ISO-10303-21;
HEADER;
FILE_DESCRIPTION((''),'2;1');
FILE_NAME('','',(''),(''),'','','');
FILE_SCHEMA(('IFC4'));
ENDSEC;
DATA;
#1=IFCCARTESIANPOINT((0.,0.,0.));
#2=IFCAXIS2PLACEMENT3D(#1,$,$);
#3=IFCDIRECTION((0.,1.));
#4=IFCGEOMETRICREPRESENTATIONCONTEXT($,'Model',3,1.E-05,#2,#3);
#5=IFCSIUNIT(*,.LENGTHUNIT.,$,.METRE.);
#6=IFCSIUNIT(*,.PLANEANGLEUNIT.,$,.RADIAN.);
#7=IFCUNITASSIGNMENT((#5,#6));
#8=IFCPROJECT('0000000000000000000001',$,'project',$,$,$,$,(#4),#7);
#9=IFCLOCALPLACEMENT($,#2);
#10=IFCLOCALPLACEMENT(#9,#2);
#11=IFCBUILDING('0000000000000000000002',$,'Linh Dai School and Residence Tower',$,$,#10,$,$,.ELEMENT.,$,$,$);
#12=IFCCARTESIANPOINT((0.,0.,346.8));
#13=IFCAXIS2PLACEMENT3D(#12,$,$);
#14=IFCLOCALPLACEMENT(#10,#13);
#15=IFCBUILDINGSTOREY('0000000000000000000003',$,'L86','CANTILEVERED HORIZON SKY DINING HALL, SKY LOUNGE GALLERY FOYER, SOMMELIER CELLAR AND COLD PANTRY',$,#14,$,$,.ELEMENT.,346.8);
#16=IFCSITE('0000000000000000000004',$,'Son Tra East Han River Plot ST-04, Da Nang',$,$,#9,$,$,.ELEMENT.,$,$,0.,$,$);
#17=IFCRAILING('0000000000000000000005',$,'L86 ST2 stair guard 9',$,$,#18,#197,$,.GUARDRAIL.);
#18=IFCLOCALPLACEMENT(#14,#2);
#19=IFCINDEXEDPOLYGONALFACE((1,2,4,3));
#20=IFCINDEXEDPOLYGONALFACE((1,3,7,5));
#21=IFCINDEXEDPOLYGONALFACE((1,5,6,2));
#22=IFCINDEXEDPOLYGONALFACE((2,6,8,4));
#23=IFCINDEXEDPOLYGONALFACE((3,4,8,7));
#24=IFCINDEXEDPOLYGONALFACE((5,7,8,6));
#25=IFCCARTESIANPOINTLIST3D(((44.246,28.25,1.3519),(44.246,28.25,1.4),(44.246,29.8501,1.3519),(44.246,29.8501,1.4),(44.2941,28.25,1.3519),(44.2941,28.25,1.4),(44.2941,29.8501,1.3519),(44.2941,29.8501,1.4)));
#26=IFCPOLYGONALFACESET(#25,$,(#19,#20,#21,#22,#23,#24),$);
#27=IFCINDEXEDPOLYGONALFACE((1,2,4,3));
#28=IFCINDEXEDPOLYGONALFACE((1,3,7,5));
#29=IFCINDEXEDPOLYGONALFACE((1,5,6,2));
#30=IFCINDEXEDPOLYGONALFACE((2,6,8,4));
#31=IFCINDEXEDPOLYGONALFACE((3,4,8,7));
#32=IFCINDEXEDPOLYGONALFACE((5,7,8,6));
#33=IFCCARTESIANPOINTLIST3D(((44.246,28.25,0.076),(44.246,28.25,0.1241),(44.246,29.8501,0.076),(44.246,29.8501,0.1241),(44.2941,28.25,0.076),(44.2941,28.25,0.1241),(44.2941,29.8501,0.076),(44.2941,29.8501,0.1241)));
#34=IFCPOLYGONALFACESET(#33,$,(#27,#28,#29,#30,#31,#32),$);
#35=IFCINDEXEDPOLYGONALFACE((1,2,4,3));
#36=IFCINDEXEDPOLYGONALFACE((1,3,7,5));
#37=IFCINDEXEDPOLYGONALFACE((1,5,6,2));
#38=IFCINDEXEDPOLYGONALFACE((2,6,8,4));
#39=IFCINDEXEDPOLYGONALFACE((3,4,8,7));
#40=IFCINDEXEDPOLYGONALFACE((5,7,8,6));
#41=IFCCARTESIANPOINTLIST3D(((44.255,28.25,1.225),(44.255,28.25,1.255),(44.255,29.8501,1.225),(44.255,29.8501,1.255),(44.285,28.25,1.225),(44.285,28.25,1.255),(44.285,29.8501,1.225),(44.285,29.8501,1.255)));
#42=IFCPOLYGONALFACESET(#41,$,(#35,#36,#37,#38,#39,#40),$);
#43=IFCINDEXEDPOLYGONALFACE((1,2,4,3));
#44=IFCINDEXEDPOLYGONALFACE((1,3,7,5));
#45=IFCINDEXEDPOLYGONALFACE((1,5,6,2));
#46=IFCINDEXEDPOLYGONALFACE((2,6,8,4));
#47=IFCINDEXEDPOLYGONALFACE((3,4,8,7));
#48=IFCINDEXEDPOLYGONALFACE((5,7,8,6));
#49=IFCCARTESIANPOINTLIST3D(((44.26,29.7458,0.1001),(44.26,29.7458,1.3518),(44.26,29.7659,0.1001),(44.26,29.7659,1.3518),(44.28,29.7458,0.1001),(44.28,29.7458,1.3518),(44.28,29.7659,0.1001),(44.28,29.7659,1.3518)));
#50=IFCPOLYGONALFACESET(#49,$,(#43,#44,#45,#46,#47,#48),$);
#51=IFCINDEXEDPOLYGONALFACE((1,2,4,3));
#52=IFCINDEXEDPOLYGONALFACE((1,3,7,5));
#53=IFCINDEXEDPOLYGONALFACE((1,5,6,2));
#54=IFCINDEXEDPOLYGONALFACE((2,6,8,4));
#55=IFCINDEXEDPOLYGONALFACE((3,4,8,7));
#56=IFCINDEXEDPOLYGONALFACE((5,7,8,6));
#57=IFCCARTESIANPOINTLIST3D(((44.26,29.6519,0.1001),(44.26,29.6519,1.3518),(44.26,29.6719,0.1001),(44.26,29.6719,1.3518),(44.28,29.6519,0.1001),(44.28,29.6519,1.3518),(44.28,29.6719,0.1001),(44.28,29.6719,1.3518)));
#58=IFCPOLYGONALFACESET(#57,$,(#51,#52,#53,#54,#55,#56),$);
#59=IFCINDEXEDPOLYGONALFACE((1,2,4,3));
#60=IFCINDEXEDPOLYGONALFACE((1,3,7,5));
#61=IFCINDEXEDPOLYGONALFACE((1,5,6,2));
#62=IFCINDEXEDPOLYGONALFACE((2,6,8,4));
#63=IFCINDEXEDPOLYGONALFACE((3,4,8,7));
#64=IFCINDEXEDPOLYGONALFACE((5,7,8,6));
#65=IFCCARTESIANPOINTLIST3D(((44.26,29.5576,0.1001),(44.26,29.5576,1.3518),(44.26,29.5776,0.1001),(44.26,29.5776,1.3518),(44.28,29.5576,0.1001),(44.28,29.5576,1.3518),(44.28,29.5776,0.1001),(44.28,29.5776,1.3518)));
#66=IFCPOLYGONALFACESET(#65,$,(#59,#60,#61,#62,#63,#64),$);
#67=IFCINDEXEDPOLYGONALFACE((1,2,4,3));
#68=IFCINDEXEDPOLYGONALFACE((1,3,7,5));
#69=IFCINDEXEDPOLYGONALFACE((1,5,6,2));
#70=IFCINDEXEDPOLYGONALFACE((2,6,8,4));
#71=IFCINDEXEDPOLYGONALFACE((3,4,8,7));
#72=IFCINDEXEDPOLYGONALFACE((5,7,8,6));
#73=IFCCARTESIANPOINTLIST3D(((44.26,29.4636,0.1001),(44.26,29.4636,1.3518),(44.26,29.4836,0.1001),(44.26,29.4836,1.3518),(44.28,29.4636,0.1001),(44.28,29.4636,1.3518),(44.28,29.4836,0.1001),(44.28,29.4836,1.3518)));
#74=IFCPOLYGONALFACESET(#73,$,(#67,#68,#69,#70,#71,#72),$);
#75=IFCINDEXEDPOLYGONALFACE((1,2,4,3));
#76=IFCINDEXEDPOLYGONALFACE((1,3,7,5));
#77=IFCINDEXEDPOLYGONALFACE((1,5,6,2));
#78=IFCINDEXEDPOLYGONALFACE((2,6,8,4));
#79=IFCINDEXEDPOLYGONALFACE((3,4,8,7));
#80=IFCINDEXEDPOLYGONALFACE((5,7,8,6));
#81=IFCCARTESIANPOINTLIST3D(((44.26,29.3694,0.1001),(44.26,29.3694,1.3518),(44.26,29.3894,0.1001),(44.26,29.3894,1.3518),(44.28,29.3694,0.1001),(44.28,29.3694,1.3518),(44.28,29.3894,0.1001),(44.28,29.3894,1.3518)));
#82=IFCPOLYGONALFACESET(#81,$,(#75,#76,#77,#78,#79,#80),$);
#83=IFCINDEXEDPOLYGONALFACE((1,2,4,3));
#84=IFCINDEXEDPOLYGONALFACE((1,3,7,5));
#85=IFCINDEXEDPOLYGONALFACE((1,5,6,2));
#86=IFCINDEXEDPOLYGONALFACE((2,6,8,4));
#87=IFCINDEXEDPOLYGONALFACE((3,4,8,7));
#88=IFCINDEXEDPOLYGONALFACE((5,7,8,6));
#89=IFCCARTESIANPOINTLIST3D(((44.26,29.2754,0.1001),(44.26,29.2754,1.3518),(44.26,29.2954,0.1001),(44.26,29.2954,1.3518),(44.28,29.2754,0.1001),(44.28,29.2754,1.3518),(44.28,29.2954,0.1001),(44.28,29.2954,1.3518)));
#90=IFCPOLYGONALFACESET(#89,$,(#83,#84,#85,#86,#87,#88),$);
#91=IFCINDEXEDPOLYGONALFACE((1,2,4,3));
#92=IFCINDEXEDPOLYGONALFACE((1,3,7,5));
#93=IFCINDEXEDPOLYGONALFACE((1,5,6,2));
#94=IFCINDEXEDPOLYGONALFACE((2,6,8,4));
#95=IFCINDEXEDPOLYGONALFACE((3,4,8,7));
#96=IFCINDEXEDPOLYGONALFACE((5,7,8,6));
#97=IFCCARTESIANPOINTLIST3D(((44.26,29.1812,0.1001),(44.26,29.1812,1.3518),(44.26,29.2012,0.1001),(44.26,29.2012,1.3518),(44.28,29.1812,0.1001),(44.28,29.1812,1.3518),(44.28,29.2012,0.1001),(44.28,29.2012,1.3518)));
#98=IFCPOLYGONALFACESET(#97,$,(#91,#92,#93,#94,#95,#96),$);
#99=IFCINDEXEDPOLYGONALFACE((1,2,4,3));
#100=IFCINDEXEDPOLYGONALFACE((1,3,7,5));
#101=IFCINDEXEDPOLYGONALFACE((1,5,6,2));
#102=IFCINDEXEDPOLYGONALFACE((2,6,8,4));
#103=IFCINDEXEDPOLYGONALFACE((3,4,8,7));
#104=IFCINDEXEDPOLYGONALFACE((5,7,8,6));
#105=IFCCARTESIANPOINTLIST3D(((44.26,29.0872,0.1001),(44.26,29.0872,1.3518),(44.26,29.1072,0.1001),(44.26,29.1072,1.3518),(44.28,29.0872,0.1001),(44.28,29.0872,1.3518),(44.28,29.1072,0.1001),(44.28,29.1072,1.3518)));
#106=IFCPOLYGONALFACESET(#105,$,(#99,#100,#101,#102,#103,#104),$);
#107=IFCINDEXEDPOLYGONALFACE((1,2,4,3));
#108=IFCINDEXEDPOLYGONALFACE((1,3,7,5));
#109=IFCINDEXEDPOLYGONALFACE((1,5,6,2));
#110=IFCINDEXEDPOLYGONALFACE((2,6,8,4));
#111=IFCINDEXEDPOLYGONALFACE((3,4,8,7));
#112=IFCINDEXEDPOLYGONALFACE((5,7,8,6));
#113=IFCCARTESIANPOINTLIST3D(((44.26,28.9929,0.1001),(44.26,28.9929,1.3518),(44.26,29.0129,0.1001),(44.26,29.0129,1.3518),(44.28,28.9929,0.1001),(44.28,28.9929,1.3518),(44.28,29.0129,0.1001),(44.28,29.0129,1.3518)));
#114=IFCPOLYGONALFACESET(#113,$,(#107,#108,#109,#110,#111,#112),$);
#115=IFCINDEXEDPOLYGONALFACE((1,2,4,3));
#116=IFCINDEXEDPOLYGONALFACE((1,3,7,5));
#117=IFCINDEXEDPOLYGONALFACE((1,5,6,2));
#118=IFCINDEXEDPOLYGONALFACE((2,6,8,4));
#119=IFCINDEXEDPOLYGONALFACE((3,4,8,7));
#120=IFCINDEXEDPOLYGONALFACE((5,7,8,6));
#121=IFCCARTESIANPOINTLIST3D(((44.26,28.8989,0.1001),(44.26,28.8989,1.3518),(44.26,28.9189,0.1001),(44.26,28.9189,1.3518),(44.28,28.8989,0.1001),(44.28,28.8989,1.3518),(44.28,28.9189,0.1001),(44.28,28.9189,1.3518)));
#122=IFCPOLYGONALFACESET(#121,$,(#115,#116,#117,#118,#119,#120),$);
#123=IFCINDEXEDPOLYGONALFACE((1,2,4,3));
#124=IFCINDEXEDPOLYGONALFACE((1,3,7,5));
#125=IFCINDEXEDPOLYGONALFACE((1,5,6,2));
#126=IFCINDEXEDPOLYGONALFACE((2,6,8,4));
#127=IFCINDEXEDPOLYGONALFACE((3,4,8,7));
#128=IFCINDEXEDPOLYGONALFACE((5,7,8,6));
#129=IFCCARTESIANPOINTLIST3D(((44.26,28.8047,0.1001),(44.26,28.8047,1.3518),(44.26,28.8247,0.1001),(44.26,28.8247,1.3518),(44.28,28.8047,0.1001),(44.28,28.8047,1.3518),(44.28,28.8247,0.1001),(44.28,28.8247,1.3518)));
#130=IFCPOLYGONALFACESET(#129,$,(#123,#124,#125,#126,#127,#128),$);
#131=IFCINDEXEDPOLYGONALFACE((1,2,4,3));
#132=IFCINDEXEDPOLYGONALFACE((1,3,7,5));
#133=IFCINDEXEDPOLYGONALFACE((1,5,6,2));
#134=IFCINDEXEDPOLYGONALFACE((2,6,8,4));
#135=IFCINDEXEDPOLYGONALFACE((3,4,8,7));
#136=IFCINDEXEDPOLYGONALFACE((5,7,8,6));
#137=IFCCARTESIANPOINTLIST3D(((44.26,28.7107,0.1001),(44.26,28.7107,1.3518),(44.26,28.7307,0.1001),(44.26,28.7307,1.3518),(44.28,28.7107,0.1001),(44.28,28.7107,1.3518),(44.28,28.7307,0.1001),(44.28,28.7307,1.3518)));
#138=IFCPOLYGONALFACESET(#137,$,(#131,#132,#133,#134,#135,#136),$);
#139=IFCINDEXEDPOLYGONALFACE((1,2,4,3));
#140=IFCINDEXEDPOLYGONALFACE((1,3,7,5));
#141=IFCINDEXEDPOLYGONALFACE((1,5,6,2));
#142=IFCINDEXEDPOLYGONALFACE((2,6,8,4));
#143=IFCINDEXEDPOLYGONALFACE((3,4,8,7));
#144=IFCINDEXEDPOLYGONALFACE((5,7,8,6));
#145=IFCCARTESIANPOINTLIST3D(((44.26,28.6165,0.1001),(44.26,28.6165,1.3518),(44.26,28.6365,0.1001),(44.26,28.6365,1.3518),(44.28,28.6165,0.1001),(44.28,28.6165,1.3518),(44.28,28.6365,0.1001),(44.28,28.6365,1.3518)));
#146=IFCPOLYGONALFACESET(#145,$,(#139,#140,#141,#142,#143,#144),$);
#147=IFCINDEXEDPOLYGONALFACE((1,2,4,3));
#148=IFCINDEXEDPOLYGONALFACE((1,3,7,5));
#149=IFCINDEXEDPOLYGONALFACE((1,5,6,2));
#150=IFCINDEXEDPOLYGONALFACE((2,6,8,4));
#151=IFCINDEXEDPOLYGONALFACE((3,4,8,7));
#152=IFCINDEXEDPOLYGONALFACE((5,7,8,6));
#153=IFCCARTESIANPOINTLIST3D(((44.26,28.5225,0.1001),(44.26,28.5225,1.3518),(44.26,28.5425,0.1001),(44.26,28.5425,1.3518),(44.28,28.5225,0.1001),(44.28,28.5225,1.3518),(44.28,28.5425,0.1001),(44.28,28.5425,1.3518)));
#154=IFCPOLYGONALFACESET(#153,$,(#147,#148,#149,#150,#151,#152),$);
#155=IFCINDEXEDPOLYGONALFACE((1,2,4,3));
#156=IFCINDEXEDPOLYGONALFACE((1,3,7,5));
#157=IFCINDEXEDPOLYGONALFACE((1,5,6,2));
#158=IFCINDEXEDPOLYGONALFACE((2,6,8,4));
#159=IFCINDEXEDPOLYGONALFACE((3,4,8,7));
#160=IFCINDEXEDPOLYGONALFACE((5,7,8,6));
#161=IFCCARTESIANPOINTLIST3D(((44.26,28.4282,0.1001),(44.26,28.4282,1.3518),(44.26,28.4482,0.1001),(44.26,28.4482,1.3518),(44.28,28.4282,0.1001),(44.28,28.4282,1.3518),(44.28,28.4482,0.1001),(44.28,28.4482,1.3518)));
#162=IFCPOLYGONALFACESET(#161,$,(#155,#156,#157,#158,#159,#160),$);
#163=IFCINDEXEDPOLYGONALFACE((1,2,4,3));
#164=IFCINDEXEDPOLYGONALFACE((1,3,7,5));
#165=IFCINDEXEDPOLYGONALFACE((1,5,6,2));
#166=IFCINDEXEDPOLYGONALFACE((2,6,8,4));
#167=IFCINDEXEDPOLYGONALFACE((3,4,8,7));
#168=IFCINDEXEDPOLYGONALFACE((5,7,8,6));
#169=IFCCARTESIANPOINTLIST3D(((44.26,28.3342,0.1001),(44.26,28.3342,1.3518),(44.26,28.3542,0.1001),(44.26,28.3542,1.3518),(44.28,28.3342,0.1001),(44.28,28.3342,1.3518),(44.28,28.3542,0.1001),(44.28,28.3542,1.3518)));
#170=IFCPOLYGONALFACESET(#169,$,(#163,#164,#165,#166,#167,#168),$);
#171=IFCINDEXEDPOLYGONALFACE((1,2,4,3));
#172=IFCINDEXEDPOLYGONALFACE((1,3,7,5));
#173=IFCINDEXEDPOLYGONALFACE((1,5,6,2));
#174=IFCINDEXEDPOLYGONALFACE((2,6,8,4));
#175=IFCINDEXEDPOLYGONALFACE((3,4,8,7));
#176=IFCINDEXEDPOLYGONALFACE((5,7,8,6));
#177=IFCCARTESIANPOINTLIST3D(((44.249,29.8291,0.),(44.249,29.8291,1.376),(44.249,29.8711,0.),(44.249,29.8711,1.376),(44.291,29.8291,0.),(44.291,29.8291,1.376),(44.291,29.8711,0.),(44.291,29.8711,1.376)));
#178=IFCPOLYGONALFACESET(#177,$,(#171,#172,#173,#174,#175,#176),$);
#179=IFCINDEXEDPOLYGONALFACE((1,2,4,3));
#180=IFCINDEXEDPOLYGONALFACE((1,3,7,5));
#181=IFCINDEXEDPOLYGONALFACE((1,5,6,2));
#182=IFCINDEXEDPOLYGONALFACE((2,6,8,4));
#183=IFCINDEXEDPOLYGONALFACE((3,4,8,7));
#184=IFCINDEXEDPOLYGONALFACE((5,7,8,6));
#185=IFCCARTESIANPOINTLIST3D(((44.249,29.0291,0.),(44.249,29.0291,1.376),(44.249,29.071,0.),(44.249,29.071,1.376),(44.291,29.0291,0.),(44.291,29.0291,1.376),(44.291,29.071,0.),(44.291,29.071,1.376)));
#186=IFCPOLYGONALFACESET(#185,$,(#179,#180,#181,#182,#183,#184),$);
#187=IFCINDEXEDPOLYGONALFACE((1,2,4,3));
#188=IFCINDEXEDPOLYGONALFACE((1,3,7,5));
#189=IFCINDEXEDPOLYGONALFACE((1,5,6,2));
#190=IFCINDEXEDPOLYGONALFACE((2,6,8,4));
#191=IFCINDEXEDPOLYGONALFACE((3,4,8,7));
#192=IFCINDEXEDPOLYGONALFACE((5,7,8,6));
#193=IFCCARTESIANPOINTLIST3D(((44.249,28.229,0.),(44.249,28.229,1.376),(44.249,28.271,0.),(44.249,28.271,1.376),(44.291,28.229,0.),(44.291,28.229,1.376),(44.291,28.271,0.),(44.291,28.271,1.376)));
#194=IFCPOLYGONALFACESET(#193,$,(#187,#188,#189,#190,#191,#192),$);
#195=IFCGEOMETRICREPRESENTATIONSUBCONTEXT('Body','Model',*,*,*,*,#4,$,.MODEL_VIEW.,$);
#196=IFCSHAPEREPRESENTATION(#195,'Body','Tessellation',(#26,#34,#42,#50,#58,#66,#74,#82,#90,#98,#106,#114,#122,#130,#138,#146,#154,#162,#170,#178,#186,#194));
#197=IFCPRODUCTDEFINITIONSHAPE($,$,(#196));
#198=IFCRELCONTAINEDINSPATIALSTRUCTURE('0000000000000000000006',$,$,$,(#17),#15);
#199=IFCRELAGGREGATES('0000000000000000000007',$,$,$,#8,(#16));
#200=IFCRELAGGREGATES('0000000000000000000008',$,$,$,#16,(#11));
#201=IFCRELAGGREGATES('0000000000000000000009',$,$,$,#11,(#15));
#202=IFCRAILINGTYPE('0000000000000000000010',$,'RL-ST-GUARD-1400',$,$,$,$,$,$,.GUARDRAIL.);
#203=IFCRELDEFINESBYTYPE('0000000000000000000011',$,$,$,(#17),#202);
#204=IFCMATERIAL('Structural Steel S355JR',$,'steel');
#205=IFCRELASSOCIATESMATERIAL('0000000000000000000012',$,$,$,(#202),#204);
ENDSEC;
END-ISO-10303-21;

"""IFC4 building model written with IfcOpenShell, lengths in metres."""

from ifc_helpers import new_model, si_unit, direction, frame, origin, origin_2d, place, context, subcontext, project, spatial, rectangle, extrude, source, transform, mapped, material, type_object, element, save


model = new_model("IFC4")

# Units and contexts
model_context = context("Model", 3, precision=1e-05, world=origin(), true_north=direction((0.0, 1.0)))
body_context = subcontext(model_context, "Body", "Model", "MODEL_VIEW")
ifc_project = project(units=[si_unit("LENGTHUNIT", "METRE"), si_unit("PLANEANGLEUNIT", "RADIAN")], contexts=[model_context])

# Site, building, storey
site_placement = place(None, origin())
site = spatial("IfcSite", under=ifc_project, at=site_placement, Name="Son Tra East Han River Plot ST-04, Da Nang", CompositionType="ELEMENT", RefElevation=0.0)
building_placement = place(site_placement, origin())
building = spatial("IfcBuilding", under=site, at=building_placement, Name="Linh Dai School and Residence Tower", CompositionType="ELEMENT")
storey_placement = place(building_placement, frame((0.0, 0.0, 346.8)))
storey = spatial("IfcBuildingStorey", under=building, at=storey_placement, Name="L86", Description="CANTILEVERED HORIZON SKY DINING HALL, SKY LOUNGE GALLERY FOYER, SOMMELIER CELLAR AND COLD PANTRY", CompositionType="ELEMENT", Elevation=346.8)

# Shared definitions
ifc_material_1 = material(Name="Structural Steel S355JR", Category="steel")

# Railing
railing_type_1 = type_object("IfcRailingType", Name="RL-ST-GUARD-1400", PredefinedType="GUARDRAIL", material=ifc_material_1)
shared_shape_1 = source(origin(), body_context, "Body", "SweptSolid", [
    extrude(rectangle(XDim=0.0481, YDim=0.0481, at=origin_2d()), frame((0.0, 0.0, 1.376), z_axis=(0.0, -1.0, 0.0), x_axis=(1.0, 0.0, 0.0)), (0.0, 0.0, 1.0), 1.6001),
    extrude(rectangle(XDim=0.0481, YDim=0.0481, at=origin_2d()), frame((0.0, 0.0, 0.1001), z_axis=(0.0, -1.0, 0.0), x_axis=(1.0, 0.0, 0.0)), (0.0, 0.0, 1.0), 1.6001),
    extrude(rectangle(XDim=0.03, YDim=0.03, at=origin_2d()), frame((0.0, 0.0, 1.24), z_axis=(0.0, -1.0, 0.0), x_axis=(1.0, 0.0, 0.0)), (0.0, 0.0, 1.0), 1.6001),
    extrude(rectangle(XDim=0.02, YDim=0.02, at=origin_2d()), frame((0.0, -0.0942, 0.1001)), (0.0, 0.0, 1.0), 1.2517),
    extrude(rectangle(XDim=0.02, YDim=0.02, at=origin_2d()), frame((0.0, -0.1882, 0.1001)), (0.0, 0.0, 1.0), 1.2517),
    extrude(rectangle(XDim=0.02, YDim=0.02, at=origin_2d()), frame((0.0, -0.2825, 0.1001)), (0.0, 0.0, 1.0), 1.2517),
    extrude(rectangle(XDim=0.02, YDim=0.02, at=origin_2d()), frame((0.0, -0.3765, 0.1001)), (0.0, 0.0, 1.0), 1.2517),
    extrude(rectangle(XDim=0.02, YDim=0.02, at=origin_2d()), frame((0.0, -0.4707, 0.1001)), (0.0, 0.0, 1.0), 1.2517),
    extrude(rectangle(XDim=0.02, YDim=0.02, at=origin_2d()), frame((0.0, -0.5647, 0.1001)), (0.0, 0.0, 1.0), 1.2517),
    extrude(rectangle(XDim=0.02, YDim=0.02, at=origin_2d()), frame((0.0, -0.6589, 0.1001)), (0.0, 0.0, 1.0), 1.2517),
    extrude(rectangle(XDim=0.02, YDim=0.02, at=origin_2d()), frame((0.0, -0.7529, 0.1001)), (0.0, 0.0, 1.0), 1.2517),
    extrude(rectangle(XDim=0.02, YDim=0.02, at=origin_2d()), frame((0.0, -0.8472, 0.1001)), (0.0, 0.0, 1.0), 1.2517),
    extrude(rectangle(XDim=0.02, YDim=0.02, at=origin_2d()), frame((0.0, -0.9412, 0.1001)), (0.0, 0.0, 1.0), 1.2517),
    extrude(rectangle(XDim=0.02, YDim=0.02, at=origin_2d()), frame((0.0, -1.0354, 0.1001)), (0.0, 0.0, 1.0), 1.2517),
    extrude(rectangle(XDim=0.02, YDim=0.02, at=origin_2d()), frame((0.0, -1.1294, 0.1001)), (0.0, 0.0, 1.0), 1.2517),
    extrude(rectangle(XDim=0.02, YDim=0.02, at=origin_2d()), frame((0.0, -1.2236, 0.1001)), (0.0, 0.0, 1.0), 1.2517),
    extrude(rectangle(XDim=0.02, YDim=0.02, at=origin_2d()), frame((0.0, -1.3176, 0.1001)), (0.0, 0.0, 1.0), 1.2517),
    extrude(rectangle(XDim=0.02, YDim=0.02, at=origin_2d()), frame((0.0, -1.4119, 0.1001)), (0.0, 0.0, 1.0), 1.2517),
    extrude(rectangle(XDim=0.02, YDim=0.02, at=origin_2d()), frame((0.0, -1.5059, 0.1001)), (0.0, 0.0, 1.0), 1.2517),
    extrude(rectangle(XDim=0.042, YDim=0.042, at=origin_2d()), origin(), (0.0, 0.0, 1.0), 1.376),
    extrude(rectangle(XDim=0.042, YDim=0.042, at=origin_2d()), frame((0.0, -0.8, 0.0)), (0.0, 0.0, 1.0), 1.376),
    extrude(rectangle(XDim=0.042, YDim=0.042, at=origin_2d()), frame((0.0, -1.6001, 0.0)), (0.0, 0.0, 1.0), 1.376),
])
for number, where, name in (
    (1, (44.27, 29.8501, 0.0), "L86 ST2 stair guard 9"),
):
    element("IfcRailing", number, at=place(storey_placement, frame(where)), inside=storey, type_object=railing_type_1, Name=name, PredefinedType="GUARDRAIL", context=body_context, shape_type="MappedRepresentation", body=[
        mapped(shared_shape_1, transform((0.0, 0.0, 0.0), x_axis=(1.0, 0.0, 0.0), y_axis=(0.0, 1.0, 0.0), z_axis=(0.0, 0.0, 1.0), scale=1.0)),
    ])

save(model, "model.ifc")
